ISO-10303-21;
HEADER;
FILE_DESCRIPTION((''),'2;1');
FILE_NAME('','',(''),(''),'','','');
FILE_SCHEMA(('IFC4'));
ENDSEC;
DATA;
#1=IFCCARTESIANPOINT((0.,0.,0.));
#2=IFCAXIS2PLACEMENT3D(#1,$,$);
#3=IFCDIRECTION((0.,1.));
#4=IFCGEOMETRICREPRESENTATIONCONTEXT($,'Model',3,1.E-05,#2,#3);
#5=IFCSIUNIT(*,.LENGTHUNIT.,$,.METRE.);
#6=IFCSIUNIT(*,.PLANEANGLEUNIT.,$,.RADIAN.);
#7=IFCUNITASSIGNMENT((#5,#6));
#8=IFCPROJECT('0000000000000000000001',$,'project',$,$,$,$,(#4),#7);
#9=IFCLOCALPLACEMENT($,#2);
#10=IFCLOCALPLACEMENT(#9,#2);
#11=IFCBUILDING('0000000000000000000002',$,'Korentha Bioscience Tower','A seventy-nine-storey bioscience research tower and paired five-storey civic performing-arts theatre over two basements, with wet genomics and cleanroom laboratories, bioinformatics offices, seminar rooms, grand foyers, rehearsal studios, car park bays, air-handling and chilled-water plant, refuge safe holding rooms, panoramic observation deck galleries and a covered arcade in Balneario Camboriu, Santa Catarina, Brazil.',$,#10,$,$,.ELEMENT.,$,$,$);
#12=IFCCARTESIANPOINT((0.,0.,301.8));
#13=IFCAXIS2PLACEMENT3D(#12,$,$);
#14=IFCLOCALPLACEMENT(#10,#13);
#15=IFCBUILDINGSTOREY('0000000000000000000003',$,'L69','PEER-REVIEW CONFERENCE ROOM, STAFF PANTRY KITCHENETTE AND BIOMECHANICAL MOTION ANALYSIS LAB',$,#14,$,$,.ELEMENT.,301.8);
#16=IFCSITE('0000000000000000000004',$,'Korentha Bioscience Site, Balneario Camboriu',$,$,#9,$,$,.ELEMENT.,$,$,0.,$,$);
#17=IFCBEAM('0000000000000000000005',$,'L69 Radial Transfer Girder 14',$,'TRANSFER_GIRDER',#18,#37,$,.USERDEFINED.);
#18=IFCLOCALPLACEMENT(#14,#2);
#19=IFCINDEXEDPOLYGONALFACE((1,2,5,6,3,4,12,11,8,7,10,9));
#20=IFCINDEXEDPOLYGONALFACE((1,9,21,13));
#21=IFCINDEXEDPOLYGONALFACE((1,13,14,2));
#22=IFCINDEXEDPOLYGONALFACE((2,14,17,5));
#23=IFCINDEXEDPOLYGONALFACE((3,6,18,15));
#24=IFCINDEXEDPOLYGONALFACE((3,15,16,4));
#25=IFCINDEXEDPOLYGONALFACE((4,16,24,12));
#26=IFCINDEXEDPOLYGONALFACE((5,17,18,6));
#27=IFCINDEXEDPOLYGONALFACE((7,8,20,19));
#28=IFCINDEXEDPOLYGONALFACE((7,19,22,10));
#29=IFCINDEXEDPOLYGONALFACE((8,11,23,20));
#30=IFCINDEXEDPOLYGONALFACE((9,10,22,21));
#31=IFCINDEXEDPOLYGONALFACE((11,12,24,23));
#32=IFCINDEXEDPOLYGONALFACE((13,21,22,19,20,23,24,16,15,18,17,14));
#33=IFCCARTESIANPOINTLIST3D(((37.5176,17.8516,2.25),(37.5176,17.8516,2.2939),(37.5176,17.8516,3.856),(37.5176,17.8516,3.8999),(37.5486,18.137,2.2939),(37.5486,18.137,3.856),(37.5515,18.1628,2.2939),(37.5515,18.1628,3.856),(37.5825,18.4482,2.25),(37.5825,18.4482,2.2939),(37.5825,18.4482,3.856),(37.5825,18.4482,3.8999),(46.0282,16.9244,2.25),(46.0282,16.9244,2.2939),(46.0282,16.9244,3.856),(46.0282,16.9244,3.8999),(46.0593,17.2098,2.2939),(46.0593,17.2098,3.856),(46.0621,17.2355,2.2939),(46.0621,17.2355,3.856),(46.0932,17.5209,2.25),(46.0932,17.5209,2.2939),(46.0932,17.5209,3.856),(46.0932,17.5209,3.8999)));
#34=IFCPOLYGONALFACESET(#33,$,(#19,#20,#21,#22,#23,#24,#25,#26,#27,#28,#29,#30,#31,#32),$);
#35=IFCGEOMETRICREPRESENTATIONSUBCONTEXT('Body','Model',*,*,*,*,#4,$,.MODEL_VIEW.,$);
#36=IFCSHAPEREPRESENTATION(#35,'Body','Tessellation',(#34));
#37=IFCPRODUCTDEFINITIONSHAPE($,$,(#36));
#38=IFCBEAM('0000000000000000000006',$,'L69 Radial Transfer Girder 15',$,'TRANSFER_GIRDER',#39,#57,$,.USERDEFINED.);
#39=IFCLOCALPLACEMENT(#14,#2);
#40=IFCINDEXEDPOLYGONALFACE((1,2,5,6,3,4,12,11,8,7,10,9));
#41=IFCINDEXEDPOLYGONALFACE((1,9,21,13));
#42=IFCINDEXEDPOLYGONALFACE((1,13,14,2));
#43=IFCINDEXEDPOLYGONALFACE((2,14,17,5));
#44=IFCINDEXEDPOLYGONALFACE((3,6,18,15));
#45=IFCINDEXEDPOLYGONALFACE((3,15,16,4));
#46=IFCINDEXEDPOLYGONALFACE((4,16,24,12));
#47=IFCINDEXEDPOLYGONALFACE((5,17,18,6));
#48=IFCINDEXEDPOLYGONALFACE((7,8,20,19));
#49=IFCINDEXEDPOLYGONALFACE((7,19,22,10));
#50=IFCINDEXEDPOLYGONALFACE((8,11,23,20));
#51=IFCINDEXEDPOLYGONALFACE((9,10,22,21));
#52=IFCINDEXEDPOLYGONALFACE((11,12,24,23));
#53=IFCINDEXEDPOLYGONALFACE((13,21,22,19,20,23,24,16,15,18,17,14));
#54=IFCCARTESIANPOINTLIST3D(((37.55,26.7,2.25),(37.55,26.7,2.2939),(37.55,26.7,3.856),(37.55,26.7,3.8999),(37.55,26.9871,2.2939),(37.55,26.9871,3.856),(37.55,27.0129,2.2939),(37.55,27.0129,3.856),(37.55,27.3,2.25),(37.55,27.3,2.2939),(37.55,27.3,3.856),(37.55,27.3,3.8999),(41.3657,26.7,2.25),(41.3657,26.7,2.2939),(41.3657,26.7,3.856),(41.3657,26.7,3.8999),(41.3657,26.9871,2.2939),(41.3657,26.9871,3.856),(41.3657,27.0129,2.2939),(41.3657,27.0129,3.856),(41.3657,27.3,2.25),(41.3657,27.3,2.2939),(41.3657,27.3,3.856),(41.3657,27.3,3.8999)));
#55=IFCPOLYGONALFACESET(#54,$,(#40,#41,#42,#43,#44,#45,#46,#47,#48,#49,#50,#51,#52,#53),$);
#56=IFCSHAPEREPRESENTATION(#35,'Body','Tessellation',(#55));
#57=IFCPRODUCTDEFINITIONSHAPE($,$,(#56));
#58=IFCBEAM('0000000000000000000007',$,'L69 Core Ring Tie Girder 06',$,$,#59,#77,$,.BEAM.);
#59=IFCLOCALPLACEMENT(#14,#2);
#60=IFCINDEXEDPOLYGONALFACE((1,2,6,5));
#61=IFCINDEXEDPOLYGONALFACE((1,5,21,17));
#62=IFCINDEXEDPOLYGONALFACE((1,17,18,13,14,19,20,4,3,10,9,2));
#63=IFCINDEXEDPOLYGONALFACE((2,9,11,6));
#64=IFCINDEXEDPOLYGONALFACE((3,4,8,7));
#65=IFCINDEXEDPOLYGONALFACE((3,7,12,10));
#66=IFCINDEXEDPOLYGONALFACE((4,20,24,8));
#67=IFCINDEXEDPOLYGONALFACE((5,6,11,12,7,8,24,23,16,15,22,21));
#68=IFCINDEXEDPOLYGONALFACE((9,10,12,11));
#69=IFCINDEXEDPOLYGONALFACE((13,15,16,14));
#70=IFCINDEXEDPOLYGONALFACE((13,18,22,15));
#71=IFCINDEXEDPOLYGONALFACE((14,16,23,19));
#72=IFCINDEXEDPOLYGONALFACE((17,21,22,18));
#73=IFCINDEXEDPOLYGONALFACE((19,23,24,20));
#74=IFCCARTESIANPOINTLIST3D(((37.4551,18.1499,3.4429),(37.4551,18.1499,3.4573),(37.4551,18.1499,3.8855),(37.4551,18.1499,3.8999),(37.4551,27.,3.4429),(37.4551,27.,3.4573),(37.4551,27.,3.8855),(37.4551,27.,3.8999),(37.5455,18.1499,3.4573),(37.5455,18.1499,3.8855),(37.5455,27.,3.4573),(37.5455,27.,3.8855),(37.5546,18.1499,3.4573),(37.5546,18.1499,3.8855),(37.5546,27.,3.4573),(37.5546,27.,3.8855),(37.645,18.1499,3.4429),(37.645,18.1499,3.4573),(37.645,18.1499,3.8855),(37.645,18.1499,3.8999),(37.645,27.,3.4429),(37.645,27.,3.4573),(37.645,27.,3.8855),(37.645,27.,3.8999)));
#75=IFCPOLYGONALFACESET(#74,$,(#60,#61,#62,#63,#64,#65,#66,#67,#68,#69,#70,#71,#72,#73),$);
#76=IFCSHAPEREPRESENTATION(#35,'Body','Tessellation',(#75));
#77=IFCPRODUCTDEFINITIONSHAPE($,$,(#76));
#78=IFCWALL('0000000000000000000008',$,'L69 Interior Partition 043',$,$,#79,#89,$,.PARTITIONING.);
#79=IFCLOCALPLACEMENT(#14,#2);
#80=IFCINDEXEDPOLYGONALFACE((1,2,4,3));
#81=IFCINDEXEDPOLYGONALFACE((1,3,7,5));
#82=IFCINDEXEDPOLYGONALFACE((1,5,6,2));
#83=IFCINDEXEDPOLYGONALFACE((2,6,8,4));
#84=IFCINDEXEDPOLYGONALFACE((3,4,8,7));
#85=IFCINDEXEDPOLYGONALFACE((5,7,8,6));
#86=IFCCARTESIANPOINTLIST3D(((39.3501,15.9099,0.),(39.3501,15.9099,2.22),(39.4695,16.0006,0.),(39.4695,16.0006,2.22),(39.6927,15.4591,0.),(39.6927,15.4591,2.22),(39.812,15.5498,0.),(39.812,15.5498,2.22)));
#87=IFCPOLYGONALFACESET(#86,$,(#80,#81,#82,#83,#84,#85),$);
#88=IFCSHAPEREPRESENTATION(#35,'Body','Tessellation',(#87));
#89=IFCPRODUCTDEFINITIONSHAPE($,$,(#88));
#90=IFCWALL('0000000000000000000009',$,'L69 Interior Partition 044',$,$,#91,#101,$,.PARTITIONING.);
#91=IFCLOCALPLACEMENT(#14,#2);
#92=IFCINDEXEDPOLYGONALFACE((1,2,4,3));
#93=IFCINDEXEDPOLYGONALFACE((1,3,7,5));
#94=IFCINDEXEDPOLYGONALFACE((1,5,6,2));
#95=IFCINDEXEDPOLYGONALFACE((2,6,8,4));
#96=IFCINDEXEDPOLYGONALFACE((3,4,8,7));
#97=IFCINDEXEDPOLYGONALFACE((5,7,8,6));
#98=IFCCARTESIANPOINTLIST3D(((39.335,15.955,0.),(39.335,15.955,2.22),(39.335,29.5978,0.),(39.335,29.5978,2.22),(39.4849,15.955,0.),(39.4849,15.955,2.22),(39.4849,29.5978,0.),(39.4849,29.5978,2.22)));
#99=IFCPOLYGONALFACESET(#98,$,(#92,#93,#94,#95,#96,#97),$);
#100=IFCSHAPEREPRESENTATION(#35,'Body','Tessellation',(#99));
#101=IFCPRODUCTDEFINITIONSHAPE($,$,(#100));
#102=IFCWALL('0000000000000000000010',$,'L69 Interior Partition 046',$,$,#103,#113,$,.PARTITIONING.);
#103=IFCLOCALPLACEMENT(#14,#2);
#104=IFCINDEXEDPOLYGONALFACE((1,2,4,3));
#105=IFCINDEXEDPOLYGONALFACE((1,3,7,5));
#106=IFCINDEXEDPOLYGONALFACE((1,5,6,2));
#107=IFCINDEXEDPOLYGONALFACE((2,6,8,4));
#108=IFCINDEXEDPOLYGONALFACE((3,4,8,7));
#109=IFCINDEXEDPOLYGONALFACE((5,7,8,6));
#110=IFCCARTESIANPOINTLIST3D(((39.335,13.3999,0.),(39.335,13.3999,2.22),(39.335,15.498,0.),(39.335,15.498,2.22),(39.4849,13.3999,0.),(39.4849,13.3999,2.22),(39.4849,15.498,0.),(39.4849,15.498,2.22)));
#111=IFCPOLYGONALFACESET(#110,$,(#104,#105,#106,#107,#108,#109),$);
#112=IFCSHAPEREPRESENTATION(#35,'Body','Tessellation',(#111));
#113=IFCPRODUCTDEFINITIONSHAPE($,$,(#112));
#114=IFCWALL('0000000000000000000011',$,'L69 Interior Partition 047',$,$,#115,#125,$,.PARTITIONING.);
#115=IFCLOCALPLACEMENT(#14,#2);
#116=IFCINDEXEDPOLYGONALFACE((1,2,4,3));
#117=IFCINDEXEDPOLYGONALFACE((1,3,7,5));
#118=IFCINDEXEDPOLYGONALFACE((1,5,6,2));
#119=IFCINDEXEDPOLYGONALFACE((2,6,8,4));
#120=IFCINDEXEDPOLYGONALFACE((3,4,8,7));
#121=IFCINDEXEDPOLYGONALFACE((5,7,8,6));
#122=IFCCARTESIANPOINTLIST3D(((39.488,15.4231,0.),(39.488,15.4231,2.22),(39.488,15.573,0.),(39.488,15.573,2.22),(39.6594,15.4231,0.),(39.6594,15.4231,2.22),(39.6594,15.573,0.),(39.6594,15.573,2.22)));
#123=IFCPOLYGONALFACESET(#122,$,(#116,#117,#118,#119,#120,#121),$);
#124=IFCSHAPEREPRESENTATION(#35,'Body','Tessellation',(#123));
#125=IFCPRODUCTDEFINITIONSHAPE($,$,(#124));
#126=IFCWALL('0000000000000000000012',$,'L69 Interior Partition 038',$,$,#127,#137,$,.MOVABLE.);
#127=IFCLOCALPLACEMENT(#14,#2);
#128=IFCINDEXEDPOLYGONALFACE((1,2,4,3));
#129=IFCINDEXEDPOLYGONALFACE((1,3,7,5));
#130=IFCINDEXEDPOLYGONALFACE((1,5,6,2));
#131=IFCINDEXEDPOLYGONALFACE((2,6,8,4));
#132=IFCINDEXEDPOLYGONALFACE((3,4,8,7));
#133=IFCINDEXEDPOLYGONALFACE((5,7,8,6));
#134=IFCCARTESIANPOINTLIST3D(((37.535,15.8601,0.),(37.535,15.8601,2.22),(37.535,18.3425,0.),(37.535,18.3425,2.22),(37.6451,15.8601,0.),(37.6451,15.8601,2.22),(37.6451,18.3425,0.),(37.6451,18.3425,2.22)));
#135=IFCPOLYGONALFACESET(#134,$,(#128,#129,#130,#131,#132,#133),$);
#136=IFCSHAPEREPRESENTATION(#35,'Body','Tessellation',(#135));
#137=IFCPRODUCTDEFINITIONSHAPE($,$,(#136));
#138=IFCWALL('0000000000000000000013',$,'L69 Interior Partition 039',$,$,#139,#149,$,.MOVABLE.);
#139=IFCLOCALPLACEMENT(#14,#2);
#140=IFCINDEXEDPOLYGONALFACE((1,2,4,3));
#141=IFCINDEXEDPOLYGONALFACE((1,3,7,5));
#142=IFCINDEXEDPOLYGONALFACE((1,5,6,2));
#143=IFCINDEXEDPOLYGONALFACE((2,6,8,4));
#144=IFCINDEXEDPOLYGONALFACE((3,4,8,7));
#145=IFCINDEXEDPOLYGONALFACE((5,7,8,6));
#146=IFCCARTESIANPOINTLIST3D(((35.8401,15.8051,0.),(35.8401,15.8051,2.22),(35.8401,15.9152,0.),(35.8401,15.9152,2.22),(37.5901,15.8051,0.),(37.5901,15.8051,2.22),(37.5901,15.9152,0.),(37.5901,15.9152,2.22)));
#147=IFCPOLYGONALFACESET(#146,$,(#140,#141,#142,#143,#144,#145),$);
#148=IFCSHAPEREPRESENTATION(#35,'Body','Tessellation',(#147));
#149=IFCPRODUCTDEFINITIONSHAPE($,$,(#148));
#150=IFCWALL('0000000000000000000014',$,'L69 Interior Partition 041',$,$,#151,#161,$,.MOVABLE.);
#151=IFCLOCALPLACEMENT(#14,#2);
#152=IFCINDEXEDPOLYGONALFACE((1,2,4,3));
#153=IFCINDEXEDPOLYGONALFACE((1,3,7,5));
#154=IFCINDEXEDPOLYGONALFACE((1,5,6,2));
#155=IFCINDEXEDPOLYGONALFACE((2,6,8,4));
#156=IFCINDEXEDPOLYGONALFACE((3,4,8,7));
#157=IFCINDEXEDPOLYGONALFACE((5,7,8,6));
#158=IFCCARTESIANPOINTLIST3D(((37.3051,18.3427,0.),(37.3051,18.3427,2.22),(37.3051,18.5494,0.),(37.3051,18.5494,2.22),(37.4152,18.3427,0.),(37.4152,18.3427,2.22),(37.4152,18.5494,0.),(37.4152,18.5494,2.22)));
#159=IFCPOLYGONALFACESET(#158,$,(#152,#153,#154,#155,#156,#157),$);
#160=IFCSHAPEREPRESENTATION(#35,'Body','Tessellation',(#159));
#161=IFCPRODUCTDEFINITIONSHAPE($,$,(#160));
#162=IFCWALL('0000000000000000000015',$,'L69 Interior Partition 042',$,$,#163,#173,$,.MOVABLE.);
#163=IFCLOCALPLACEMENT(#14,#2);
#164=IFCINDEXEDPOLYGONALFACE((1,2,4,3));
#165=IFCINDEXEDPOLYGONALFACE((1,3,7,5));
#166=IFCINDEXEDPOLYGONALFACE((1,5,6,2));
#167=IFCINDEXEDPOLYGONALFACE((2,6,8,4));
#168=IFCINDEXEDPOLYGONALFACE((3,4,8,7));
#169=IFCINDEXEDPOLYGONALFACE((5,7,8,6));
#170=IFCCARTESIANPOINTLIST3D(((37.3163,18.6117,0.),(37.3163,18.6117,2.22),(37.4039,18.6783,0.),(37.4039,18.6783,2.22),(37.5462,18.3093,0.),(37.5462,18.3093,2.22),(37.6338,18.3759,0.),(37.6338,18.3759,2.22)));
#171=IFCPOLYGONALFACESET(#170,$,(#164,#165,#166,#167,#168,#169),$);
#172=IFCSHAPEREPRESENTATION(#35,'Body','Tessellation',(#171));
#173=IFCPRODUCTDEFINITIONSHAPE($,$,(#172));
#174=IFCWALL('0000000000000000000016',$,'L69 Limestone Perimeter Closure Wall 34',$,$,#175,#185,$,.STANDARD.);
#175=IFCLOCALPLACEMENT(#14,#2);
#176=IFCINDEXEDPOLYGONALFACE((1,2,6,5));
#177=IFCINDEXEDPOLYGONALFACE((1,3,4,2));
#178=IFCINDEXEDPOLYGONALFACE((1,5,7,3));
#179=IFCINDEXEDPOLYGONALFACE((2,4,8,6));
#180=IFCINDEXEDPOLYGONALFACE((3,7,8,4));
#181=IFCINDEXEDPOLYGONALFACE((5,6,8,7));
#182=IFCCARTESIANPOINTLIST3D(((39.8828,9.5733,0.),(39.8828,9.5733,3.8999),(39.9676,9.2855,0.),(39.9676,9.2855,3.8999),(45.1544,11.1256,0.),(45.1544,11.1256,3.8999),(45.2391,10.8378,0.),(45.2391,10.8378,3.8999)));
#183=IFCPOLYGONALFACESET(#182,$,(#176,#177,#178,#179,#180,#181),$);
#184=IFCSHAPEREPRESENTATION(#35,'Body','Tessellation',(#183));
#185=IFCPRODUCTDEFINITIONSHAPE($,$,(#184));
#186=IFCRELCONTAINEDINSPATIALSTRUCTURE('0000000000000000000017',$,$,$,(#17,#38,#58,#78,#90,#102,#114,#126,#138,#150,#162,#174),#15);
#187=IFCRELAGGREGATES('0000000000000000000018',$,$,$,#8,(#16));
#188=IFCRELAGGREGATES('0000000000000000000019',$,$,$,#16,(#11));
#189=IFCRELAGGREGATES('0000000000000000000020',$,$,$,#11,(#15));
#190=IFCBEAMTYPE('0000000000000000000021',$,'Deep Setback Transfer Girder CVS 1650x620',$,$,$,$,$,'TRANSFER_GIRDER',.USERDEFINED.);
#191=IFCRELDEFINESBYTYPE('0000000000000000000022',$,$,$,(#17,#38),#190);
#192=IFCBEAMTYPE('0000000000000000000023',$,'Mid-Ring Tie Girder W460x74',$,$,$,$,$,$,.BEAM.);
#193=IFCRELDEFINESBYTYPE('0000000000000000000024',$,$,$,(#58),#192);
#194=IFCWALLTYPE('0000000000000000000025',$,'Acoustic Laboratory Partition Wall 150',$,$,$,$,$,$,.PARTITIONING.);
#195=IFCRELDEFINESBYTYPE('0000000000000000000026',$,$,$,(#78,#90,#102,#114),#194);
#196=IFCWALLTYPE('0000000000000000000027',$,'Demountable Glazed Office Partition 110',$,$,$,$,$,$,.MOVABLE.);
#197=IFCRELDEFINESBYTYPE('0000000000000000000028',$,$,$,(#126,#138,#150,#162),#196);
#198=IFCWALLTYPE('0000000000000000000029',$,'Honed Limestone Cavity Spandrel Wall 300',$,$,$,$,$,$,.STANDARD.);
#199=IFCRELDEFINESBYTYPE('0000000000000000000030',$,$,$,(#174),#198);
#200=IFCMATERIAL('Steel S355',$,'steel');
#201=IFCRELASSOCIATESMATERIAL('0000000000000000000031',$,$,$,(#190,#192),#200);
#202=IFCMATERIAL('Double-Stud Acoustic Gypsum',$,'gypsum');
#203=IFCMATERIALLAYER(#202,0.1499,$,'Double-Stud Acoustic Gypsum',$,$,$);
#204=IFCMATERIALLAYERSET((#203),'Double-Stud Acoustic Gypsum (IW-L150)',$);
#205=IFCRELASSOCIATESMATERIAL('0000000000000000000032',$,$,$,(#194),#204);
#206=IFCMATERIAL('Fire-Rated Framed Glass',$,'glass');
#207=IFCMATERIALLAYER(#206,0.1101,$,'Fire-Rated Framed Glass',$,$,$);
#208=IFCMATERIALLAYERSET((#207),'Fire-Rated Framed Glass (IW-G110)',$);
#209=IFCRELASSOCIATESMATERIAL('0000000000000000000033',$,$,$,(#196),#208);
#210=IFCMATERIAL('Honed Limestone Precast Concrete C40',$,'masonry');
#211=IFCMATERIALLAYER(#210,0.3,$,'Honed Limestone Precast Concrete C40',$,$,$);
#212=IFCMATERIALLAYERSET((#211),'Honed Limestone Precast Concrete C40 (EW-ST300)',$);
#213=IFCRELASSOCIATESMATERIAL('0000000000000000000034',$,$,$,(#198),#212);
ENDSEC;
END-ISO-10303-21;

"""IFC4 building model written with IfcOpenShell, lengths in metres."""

from ifc_helpers import new_model, si_unit, direction, frame, frame_2d, origin, origin_2d, place, context, subcontext, project, spatial, rectangle, i_section, extrude, material, layer, layer_set, material_profile, profile_set, type_object, element, save


model = new_model("IFC4")

# Units and contexts
model_context = context("Model", 3, precision=1e-05, world=origin(), true_north=direction((0.0, 1.0)))
body_context = subcontext(model_context, "Body", "Model", "MODEL_VIEW")
ifc_project = project(units=[si_unit("LENGTHUNIT", "METRE"), si_unit("PLANEANGLEUNIT", "RADIAN")], contexts=[model_context])

# Site, building, storey
site_placement = place(None, origin())
site = spatial("IfcSite", under=ifc_project, at=site_placement, Name="Korentha Bioscience Site, Balneario Camboriu", CompositionType="ELEMENT", RefElevation=0.0)
building_placement = place(site_placement, origin())
building = spatial("IfcBuilding", under=site, at=building_placement, Name="Korentha Bioscience Tower", Description="A seventy-nine-storey bioscience research tower and paired five-storey civic performing-arts theatre over two basements, with wet genomics and cleanroom laboratories, bioinformatics offices, seminar rooms, grand foyers, rehearsal studios, car park bays, air-handling and chilled-water plant, refuge safe holding rooms, panoramic observation deck galleries and a covered arcade in Balneario Camboriu, Santa Catarina, Brazil.", CompositionType="ELEMENT")
storey_placement = place(building_placement, frame((0.0, 0.0, 301.8)))
storey = spatial("IfcBuildingStorey", under=building, at=storey_placement, Name="L69", Description="PEER-REVIEW CONFERENCE ROOM, STAFF PANTRY KITCHENETTE AND BIOMECHANICAL MOTION ANALYSIS LAB", CompositionType="ELEMENT", Elevation=301.8)

# Beams
ifc_material_1 = material(Name="Steel S355", Category="steel")
ifc_material_profile_1 = material_profile(ifc_material_1, i_section(OverallWidth=0.6001, OverallDepth=1.6499, WebThickness=0.0259, FlangeThickness=0.0439, at=origin_2d()), Name="Steel S355")
ifc_profile_set_1 = profile_set([ifc_material_profile_1], Name="Steel S355 (TG-04)")
beam_type_1 = type_object("IfcBeamType", Name="Deep Setback Transfer Girder CVS 1650x620", ElementType="TRANSFER_GIRDER", PredefinedType="USERDEFINED", material=ifc_profile_set_1)
beam_1_placement = place(storey_placement, frame((37.55, 18.1499, 3.075), z_axis=(0.994117, -0.108309, 0.0), x_axis=(0.108309, 0.994117, 0.0)))
element("IfcBeam", 1, at=beam_1_placement, inside=storey, type_object=beam_type_1, Name="L69 Radial Transfer Girder 14", ObjectType="TRANSFER_GIRDER", PredefinedType="USERDEFINED", context=body_context, shape_type="SweptSolid", body=[
    extrude(i_section(OverallWidth=0.6001, OverallDepth=1.6499, WebThickness=0.0259, FlangeThickness=0.0439, at=origin_2d()), origin(), (0.0, 0.0, 1.0), 8.561),
])
beam_2_placement = place(storey_placement, frame((37.55, 27.0, 3.075), z_axis=(1.0, 0.0, 0.0), x_axis=(0.0, 1.0, 0.0)))
element("IfcBeam", 2, at=beam_2_placement, inside=storey, type_object=beam_type_1, Name="L69 Radial Transfer Girder 15", ObjectType="TRANSFER_GIRDER", PredefinedType="USERDEFINED", context=body_context, shape_type="SweptSolid", body=[
    extrude(i_section(OverallWidth=0.6001, OverallDepth=1.6499, WebThickness=0.0259, FlangeThickness=0.0439, at=origin_2d()), origin(), (0.0, 0.0, 1.0), 3.8157),
])
ifc_material_profile_2 = material_profile(ifc_material_1, i_section(OverallWidth=0.1899, OverallDepth=0.457, WebThickness=0.009, FlangeThickness=0.0144, at=origin_2d()), Name="Steel S355")
ifc_profile_set_2 = profile_set([ifc_material_profile_2], Name="Steel S355 (MB-460)")
beam_type_2 = type_object("IfcBeamType", Name="Mid-Ring Tie Girder W460x74", PredefinedType="BEAM", material=ifc_profile_set_2)
beam_3_placement = place(storey_placement, frame((37.55, 18.1499, 3.6714), z_axis=(0.0, 1.0, 0.0), x_axis=(-1.0, 0.0, 0.0)))
element("IfcBeam", 3, at=beam_3_placement, inside=storey, type_object=beam_type_2, Name="L69 Core Ring Tie Girder 06", PredefinedType="BEAM", context=body_context, shape_type="SweptSolid", body=[
    extrude(i_section(OverallWidth=0.1899, OverallDepth=0.457, WebThickness=0.009, FlangeThickness=0.0144, at=origin_2d()), origin(), (0.0, 0.0, 1.0), 8.8501),
])

# Walls
ifc_material_2 = material(Name="Double-Stud Acoustic Gypsum", Category="gypsum")
ifc_layer_1 = layer(ifc_material_2, 0.1499, Name="Double-Stud Acoustic Gypsum")
ifc_layer_set_1 = layer_set([ifc_layer_1], Name="Double-Stud Acoustic Gypsum (IW-L150)")
wall_type_1 = type_object("IfcWallType", Name="Acoustic Laboratory Partition Wall 150", PredefinedType="PARTITIONING", material=ifc_layer_set_1)
wall_1_placement = place(storey_placement, frame((39.7524, 15.5044, 0.0), z_axis=(0.0, 0.0, 1.0), x_axis=(-0.605094, 0.796154, 0.0)))
element("IfcWall", 4, at=wall_1_placement, inside=storey, type_object=wall_type_1, Name="L69 Interior Partition 043", PredefinedType="PARTITIONING", context=body_context, shape_type="SweptSolid", body=[
    extrude(rectangle(XDim=0.5662, YDim=0.1499, at=frame_2d((0.2832, 0.0))), origin(), (0.0, 0.0, 1.0), 2.22),
])
wall_2_placement = place(storey_placement, frame((39.4099, 15.9551, 0.0), z_axis=(0.0, 0.0, 1.0), x_axis=(0.0, 1.0, 0.0)))
element("IfcWall", 5, at=wall_2_placement, inside=storey, type_object=wall_type_1, Name="L69 Interior Partition 044", PredefinedType="PARTITIONING", context=body_context, shape_type="SweptSolid", body=[
    extrude(rectangle(XDim=13.6428, YDim=0.1499, at=frame_2d((6.8213, 0.0))), origin(), (0.0, 0.0, 1.0), 2.22),
])
wall_3_placement = place(storey_placement, frame((39.4099, 13.3999, 0.0), z_axis=(0.0, 0.0, 1.0), x_axis=(0.0, 1.0, 0.0)))
element("IfcWall", 6, at=wall_3_placement, inside=storey, type_object=wall_type_1, Name="L69 Interior Partition 046", PredefinedType="PARTITIONING", context=body_context, shape_type="SweptSolid", body=[
    extrude(rectangle(XDim=2.0981, YDim=0.1499, at=frame_2d((1.0491, 0.0))), origin(), (0.0, 0.0, 1.0), 2.22),
])
wall_4_placement = place(storey_placement, frame((39.488, 15.498, 0.0), z_axis=(0.0, 0.0, 1.0), x_axis=(1.0, 0.0, 0.0)))
element("IfcWall", 7, at=wall_4_placement, inside=storey, type_object=wall_type_1, Name="L69 Interior Partition 047", PredefinedType="PARTITIONING", context=body_context, shape_type="SweptSolid", body=[
    extrude(rectangle(XDim=0.1714, YDim=0.1499, at=frame_2d((0.0857, 0.0))), origin(), (0.0, 0.0, 1.0), 2.22),
])
ifc_material_3 = material(Name="Fire-Rated Framed Glass", Category="glass")
ifc_layer_2 = layer(ifc_material_3, 0.1101, Name="Fire-Rated Framed Glass")
ifc_layer_set_2 = layer_set([ifc_layer_2], Name="Fire-Rated Framed Glass (IW-G110)")
wall_type_2 = type_object("IfcWallType", Name="Demountable Glazed Office Partition 110", PredefinedType="MOVABLE", material=ifc_layer_set_2)
wall_5_placement = place(storey_placement, frame((37.5901, 18.3425, 0.0), z_axis=(0.0, 0.0, 1.0), x_axis=(0.0, -1.0, 0.0)))
element("IfcWall", 8, at=wall_5_placement, inside=storey, type_object=wall_type_2, Name="L69 Interior Partition 038", PredefinedType="MOVABLE", context=body_context, shape_type="SweptSolid", body=[
    extrude(rectangle(XDim=2.4824, YDim=0.1101, at=frame_2d((1.2412, 0.0))), origin(), (0.0, 0.0, 1.0), 2.22),
])
wall_6_placement = place(storey_placement, frame((37.5901, 15.8601, 0.0), z_axis=(0.0, 0.0, 1.0), x_axis=(-1.0, 0.0, 0.0)))
element("IfcWall", 9, at=wall_6_placement, inside=storey, type_object=wall_type_2, Name="L69 Interior Partition 039", PredefinedType="MOVABLE", context=body_context, shape_type="SweptSolid", body=[
    extrude(rectangle(XDim=1.75, YDim=0.1101, at=frame_2d((0.875, 0.0))), origin(), (0.0, 0.0, 1.0), 2.22),
])
wall_7_placement = place(storey_placement, frame((37.3601, 18.3425, 0.0), z_axis=(0.0, 0.0, 1.0), x_axis=(0.0, 1.0, 0.0)))
element("IfcWall", 10, at=wall_7_placement, inside=storey, type_object=wall_type_2, Name="L69 Interior Partition 041", PredefinedType="MOVABLE", context=body_context, shape_type="SweptSolid", body=[
    extrude(rectangle(XDim=0.2068, YDim=0.1101, at=frame_2d((0.1035, 0.0))), origin(), (0.0, 0.0, 1.0), 2.22),
])
wall_8_placement = place(storey_placement, frame((37.3601, 18.645, 0.0), z_axis=(0.0, 0.0, 1.0), x_axis=(0.60523, -0.796051, 0.0)))
element("IfcWall", 11, at=wall_8_placement, inside=storey, type_object=wall_type_2, Name="L69 Interior Partition 042", PredefinedType="MOVABLE", context=body_context, shape_type="SweptSolid", body=[
    extrude(rectangle(XDim=0.3799, YDim=0.1101, at=frame_2d((0.1899, 0.0))), origin(), (0.0, 0.0, 1.0), 2.22),
])
ifc_material_4 = material(Name="Honed Limestone Precast Concrete C40", Category="masonry")
ifc_layer_3 = layer(ifc_material_4, 0.3, Name="Honed Limestone Precast Concrete C40")
ifc_layer_set_3 = layer_set([ifc_layer_3], Name="Honed Limestone Precast Concrete C40 (EW-ST300)")
wall_type_3 = type_object("IfcWallType", Name="Honed Limestone Cavity Spandrel Wall 300", PredefinedType="STANDARD", material=ifc_layer_set_3)
wall_9_placement = place(storey_placement, frame((39.9253, 9.4294, 0.0), z_axis=(0.0, 0.0, 1.0), x_axis=(0.959276, 0.282469, 0.0)))
element("IfcWall", 12, at=wall_9_placement, inside=storey, type_object=wall_type_3, Name="L69 Limestone Perimeter Closure Wall 34", PredefinedType="STANDARD", context=body_context, shape_type="SweptSolid", body=[
    extrude(rectangle(XDim=5.4954, YDim=0.3, at=frame_2d((2.7476, 0.0))), origin(), (0.0, 0.0, 1.0), 3.8999),
])

save(model, "model.ifc")
